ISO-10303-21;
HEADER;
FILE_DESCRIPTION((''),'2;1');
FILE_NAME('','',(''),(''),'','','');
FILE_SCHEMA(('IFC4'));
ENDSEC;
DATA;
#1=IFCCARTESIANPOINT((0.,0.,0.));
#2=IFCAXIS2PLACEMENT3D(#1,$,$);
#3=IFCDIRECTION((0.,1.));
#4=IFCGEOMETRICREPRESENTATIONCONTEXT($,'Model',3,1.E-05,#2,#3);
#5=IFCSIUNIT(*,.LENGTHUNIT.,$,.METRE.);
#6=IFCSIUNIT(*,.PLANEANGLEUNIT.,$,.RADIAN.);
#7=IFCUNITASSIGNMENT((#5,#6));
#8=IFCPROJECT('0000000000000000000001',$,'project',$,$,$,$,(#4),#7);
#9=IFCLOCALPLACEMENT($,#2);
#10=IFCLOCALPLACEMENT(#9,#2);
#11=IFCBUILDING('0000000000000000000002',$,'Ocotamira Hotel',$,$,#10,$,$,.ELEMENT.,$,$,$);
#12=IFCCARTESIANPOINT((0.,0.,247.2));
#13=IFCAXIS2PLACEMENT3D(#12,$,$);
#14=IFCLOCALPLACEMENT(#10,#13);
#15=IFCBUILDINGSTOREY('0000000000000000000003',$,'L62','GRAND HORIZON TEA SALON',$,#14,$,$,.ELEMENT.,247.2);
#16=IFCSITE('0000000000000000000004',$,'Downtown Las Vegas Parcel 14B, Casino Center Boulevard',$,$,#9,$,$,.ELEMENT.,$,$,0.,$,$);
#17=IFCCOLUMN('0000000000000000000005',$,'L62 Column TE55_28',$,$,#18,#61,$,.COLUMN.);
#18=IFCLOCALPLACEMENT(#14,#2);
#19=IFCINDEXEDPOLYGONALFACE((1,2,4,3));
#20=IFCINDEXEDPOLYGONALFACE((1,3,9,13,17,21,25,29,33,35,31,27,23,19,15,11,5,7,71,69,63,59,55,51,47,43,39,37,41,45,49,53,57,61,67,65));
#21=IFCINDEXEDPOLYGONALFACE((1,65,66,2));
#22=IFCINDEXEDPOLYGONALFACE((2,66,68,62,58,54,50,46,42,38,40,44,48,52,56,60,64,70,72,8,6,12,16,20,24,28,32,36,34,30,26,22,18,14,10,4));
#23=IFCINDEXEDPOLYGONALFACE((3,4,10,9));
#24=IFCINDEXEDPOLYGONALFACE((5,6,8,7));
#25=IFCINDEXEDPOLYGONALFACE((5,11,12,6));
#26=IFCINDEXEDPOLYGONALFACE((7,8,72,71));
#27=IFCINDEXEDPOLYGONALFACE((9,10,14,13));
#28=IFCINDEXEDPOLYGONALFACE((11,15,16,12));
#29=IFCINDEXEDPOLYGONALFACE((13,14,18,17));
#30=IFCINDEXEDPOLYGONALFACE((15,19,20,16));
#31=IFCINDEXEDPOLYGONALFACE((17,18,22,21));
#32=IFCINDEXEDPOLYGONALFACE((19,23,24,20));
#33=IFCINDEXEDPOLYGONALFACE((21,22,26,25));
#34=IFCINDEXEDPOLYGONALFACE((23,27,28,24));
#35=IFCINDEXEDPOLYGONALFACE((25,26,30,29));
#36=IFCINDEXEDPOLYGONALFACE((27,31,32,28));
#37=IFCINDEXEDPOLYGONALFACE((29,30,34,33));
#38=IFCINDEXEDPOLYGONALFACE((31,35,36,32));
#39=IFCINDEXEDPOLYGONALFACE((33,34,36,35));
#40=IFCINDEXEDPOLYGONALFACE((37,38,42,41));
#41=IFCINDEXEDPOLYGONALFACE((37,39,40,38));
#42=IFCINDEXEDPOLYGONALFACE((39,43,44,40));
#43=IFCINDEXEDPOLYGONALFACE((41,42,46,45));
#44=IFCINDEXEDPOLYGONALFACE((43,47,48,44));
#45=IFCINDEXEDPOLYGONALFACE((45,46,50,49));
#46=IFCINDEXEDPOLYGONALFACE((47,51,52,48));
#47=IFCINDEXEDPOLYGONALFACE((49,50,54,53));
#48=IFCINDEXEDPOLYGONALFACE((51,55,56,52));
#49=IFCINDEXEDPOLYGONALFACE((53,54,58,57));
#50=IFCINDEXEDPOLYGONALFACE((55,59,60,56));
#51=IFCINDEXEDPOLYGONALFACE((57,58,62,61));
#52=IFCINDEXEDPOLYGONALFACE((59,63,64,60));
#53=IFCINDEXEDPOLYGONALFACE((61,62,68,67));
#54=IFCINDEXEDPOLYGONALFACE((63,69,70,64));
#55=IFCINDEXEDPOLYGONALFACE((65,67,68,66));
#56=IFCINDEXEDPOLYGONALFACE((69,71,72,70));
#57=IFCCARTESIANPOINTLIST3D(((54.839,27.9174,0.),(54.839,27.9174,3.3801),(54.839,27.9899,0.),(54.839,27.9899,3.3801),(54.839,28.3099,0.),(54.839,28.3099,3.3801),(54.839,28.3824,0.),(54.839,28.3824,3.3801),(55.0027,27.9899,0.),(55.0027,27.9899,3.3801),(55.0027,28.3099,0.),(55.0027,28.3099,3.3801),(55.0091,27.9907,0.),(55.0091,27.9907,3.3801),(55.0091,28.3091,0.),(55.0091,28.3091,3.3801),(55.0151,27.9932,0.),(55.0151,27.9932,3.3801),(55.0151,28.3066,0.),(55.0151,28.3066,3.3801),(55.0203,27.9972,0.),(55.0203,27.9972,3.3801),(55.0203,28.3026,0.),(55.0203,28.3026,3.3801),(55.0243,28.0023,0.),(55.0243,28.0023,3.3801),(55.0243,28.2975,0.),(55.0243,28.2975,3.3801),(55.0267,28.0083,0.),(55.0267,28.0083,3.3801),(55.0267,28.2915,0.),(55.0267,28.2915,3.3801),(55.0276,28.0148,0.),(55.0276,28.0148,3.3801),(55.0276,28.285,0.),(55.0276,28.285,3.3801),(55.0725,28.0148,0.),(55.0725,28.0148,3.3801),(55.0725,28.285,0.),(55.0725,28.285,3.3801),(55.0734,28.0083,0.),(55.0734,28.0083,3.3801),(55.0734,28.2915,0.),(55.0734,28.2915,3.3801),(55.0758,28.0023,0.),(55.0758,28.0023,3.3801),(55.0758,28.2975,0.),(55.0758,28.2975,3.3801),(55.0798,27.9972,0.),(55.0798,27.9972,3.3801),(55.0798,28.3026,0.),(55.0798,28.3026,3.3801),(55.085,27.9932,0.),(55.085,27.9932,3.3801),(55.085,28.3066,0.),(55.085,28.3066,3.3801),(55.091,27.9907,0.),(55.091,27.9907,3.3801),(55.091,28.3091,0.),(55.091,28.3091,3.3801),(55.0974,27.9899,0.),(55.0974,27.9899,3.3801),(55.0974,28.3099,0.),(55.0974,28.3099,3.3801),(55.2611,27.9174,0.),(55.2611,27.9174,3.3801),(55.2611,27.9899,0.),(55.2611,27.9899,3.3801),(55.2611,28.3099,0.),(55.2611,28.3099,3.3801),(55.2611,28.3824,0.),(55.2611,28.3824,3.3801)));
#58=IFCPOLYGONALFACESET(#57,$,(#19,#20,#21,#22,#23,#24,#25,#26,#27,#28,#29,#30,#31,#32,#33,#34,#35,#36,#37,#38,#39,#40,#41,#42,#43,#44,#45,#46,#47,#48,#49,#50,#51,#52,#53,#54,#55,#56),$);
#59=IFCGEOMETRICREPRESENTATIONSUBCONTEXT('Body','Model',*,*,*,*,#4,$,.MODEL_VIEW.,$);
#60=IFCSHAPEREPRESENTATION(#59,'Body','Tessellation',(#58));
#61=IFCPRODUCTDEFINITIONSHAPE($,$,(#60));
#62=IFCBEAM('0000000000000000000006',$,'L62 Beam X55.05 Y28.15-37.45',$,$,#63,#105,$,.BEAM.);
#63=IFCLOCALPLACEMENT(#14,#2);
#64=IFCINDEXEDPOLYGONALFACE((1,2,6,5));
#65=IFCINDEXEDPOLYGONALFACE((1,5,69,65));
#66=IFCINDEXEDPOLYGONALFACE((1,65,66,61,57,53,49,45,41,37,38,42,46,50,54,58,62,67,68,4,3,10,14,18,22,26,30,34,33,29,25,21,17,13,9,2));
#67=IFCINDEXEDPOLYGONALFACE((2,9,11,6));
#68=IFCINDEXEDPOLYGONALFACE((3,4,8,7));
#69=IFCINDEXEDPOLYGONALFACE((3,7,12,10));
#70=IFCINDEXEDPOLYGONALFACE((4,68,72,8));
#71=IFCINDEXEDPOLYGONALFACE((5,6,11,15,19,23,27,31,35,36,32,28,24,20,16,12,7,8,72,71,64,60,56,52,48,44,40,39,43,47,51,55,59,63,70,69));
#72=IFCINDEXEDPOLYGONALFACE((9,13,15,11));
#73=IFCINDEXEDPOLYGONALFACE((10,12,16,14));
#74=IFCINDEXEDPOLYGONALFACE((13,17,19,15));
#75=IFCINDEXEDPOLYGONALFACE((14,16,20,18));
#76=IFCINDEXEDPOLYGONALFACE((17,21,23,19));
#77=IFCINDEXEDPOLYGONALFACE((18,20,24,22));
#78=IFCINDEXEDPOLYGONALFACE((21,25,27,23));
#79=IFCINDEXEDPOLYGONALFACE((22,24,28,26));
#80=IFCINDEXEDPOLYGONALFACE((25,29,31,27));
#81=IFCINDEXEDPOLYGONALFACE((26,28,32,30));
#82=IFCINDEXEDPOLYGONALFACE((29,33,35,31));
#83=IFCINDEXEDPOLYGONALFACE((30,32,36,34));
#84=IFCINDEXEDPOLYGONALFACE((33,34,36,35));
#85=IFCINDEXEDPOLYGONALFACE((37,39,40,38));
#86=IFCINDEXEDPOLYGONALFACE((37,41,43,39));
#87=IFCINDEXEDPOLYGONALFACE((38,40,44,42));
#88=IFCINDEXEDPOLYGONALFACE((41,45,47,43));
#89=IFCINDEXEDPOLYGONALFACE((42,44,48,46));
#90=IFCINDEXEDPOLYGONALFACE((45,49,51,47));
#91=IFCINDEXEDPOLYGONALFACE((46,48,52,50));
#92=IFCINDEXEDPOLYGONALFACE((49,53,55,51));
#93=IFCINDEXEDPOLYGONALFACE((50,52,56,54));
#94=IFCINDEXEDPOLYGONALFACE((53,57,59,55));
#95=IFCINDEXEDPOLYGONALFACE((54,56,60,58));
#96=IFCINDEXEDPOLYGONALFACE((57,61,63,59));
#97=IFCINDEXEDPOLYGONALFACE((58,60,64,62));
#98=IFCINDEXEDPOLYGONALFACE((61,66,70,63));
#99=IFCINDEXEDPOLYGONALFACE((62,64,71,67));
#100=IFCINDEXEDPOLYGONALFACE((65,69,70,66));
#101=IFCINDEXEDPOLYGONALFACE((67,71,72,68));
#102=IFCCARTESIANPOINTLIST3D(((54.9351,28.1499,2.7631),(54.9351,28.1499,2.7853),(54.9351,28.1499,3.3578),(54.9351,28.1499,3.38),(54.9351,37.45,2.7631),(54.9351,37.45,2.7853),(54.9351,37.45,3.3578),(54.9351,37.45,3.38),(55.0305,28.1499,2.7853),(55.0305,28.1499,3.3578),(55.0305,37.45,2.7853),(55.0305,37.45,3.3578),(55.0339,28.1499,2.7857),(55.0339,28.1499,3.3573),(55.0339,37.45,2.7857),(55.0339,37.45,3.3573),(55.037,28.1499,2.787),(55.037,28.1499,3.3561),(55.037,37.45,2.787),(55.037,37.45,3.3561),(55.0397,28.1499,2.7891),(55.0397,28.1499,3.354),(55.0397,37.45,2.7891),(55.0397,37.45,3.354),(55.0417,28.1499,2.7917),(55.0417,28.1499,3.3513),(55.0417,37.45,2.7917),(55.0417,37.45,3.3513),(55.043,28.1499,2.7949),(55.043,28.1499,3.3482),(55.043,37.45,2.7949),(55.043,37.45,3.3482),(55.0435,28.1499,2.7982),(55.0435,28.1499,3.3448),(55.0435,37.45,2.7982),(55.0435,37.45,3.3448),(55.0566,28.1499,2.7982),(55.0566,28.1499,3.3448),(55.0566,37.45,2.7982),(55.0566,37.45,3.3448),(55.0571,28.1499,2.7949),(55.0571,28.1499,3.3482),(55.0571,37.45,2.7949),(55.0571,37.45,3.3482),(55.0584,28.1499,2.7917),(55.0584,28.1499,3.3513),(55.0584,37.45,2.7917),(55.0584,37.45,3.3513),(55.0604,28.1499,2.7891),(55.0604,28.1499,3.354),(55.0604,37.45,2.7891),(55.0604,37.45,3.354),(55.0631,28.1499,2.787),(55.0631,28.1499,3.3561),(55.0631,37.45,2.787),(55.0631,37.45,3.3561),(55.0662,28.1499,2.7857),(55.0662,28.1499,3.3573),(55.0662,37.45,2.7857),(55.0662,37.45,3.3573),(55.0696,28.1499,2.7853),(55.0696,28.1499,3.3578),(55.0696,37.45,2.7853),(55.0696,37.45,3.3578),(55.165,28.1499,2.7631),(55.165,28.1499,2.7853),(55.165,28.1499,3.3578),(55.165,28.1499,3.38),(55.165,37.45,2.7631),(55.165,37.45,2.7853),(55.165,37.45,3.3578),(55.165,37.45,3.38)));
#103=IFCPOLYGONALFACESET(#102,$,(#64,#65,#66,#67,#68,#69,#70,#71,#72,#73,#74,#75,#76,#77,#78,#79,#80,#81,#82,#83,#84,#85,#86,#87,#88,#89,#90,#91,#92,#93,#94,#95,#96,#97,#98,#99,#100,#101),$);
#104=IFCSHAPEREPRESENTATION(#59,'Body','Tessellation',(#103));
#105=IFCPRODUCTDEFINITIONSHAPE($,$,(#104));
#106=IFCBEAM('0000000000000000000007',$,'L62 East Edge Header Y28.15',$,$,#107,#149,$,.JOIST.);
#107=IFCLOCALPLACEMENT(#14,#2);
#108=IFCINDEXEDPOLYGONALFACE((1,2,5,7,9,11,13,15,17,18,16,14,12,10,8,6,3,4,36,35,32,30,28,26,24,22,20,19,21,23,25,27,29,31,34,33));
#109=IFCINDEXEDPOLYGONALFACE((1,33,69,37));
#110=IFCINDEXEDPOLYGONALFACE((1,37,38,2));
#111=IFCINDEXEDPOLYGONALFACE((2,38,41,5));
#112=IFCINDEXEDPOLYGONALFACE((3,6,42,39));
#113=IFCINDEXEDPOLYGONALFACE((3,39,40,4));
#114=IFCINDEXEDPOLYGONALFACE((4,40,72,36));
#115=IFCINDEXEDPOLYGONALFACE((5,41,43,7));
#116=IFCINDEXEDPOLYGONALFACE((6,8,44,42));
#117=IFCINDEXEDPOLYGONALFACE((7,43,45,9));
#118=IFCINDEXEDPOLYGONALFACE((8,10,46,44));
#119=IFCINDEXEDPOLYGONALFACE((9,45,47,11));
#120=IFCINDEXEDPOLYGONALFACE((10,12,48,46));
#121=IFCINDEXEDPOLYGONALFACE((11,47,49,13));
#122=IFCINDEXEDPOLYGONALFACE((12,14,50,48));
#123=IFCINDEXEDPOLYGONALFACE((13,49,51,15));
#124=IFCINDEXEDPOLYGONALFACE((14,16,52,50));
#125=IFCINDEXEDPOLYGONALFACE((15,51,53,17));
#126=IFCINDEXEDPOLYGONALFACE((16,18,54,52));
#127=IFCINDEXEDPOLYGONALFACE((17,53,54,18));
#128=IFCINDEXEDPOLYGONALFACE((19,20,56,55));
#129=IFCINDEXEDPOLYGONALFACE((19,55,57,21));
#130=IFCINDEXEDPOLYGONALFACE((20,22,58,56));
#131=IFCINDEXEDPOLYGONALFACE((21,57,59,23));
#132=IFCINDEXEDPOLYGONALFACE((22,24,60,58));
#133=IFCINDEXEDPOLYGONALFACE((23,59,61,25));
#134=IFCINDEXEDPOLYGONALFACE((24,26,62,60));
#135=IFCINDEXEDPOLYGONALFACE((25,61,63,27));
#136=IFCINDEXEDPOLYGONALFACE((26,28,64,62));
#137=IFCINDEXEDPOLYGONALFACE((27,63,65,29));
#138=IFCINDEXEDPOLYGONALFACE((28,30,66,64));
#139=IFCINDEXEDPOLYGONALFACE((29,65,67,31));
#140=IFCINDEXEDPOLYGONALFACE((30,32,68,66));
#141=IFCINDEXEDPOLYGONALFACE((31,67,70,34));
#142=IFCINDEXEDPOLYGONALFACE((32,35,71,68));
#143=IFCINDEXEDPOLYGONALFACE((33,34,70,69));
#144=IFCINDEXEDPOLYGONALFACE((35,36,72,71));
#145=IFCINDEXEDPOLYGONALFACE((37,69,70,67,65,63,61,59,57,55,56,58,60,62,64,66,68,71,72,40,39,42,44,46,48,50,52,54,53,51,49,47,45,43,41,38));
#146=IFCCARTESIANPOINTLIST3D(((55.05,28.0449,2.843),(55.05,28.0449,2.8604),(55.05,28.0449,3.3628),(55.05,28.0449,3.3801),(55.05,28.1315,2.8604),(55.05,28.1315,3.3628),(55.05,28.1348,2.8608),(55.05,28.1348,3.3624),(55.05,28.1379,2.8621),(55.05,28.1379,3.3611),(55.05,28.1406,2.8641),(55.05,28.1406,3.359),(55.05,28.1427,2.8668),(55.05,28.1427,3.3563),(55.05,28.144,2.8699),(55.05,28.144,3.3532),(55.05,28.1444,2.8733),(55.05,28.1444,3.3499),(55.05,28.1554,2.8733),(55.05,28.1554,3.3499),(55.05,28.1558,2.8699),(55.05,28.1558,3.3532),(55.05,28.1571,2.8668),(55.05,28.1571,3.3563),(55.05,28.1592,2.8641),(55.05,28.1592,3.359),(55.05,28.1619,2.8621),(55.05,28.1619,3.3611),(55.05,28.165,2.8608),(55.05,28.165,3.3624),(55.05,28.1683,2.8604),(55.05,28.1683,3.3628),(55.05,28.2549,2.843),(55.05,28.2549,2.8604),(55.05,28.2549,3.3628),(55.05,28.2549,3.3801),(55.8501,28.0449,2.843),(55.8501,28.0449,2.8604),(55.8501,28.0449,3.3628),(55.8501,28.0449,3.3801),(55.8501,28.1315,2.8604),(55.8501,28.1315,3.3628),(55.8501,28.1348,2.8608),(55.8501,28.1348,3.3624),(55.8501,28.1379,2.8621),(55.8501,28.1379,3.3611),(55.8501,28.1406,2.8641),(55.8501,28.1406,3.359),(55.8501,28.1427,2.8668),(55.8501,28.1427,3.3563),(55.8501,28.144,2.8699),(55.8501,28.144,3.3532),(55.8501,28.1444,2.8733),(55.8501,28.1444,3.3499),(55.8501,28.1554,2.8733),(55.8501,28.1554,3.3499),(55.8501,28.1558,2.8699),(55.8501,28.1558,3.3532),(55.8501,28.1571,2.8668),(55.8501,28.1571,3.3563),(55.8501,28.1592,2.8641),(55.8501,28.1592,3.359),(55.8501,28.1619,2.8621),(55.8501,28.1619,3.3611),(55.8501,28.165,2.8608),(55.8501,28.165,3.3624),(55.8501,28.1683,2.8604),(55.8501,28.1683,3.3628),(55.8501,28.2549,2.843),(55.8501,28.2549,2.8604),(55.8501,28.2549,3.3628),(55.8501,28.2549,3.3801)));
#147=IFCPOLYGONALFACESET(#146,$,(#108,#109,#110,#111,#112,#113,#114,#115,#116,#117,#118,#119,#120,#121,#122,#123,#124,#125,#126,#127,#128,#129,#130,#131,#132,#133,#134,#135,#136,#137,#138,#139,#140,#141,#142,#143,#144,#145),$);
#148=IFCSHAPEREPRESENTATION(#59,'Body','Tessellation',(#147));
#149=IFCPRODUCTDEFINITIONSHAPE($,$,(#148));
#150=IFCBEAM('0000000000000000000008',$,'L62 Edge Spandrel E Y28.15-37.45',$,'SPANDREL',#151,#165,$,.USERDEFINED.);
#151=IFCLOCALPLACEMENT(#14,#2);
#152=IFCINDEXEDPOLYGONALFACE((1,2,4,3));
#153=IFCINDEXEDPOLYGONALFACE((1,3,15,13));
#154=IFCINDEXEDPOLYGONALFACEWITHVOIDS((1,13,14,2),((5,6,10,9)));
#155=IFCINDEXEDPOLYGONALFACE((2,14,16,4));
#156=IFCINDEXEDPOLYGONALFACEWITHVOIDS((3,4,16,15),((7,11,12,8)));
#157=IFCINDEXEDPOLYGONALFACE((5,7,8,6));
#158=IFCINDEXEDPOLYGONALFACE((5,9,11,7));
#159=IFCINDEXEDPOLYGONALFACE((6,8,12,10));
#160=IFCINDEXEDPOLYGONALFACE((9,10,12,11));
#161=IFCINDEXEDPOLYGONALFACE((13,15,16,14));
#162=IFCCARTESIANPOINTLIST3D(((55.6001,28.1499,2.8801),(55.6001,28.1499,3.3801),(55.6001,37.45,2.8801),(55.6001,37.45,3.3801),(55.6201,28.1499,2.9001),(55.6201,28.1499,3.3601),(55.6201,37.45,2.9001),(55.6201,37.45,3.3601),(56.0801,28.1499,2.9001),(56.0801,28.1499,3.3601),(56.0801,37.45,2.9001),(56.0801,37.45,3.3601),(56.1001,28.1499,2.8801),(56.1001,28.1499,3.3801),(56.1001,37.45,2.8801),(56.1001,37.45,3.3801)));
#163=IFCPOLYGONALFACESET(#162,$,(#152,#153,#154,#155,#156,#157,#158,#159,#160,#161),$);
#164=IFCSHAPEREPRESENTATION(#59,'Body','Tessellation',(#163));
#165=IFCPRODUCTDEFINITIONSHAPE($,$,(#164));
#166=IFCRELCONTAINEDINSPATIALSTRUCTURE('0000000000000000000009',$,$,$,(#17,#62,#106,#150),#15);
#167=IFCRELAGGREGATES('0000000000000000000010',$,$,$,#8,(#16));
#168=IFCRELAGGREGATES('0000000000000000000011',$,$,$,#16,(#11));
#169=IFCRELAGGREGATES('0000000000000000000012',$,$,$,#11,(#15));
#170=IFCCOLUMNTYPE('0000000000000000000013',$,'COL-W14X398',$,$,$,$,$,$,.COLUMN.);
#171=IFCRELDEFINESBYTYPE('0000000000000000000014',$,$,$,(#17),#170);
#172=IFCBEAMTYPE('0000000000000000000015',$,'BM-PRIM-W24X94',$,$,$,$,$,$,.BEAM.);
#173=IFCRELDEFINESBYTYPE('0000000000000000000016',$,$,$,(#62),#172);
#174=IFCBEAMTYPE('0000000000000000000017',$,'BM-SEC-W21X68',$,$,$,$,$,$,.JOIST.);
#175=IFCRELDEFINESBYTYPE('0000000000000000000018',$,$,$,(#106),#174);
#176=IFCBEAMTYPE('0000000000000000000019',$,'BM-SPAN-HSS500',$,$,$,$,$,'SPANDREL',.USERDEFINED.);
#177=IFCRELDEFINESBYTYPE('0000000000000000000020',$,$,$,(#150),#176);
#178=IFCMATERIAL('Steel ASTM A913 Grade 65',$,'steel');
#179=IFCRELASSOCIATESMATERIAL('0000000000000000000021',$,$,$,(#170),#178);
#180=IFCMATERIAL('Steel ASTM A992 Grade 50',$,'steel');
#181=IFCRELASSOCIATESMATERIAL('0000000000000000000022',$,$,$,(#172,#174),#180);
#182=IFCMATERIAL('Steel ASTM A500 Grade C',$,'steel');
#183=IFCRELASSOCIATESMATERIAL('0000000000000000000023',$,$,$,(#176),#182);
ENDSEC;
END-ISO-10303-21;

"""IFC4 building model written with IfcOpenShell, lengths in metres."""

from ifc_helpers import new_model, si_unit, direction, frame, origin, origin_2d, place, context, subcontext, project, spatial, hollow_rectangle, i_section, extrude, source, transform, mapped, material, material_profile, profile_set, type_object, element, save


model = new_model("IFC4")

# Units and contexts
model_context = context("Model", 3, precision=1e-05, world=origin(), true_north=direction((0.0, 1.0)))
body_context = subcontext(model_context, "Body", "Model", "MODEL_VIEW")
ifc_project = project(units=[si_unit("LENGTHUNIT", "METRE"), si_unit("PLANEANGLEUNIT", "RADIAN")], contexts=[model_context])

# Site, building, storey
site_placement = place(None, origin())
site = spatial("IfcSite", under=ifc_project, at=site_placement, Name="Downtown Las Vegas Parcel 14B, Casino Center Boulevard", CompositionType="ELEMENT", RefElevation=0.0)
building_placement = place(site_placement, origin())
building = spatial("IfcBuilding", under=site, at=building_placement, Name="Ocotamira Hotel", CompositionType="ELEMENT")
storey_placement = place(building_placement, frame((0.0, 0.0, 247.2)))
storey = spatial("IfcBuildingStorey", under=building, at=storey_placement, Name="L62", Description="GRAND HORIZON TEA SALON", CompositionType="ELEMENT", Elevation=247.2)

# Column
ifc_material_1 = material(Name="Steel ASTM A913 Grade 65", Category="steel")
ifc_material_profile_1 = material_profile(ifc_material_1, i_section(OverallWidth=0.4221, OverallDepth=0.4651, WebThickness=0.0449, FlangeThickness=0.0725, FilletRadius=0.0249, at=origin_2d()), Name="W14X398")
ifc_profile_set_1 = profile_set([ifc_material_profile_1], Name="Steel ASTM A913 Grade 65")
column_type = type_object("IfcColumnType", Name="COL-W14X398", PredefinedType="COLUMN", material=ifc_profile_set_1)
shared_shape_1 = source(origin(), body_context, "Body", "SweptSolid", [
    extrude(i_section(OverallWidth=0.4221, OverallDepth=0.4651, WebThickness=0.0449, FlangeThickness=0.0725, FilletRadius=0.0249, at=origin_2d()), origin(), (0.0, 0.0, 1.0), 3.3801),
])
column_placement = place(storey_placement, frame((55.05, 28.1499, 0.0), z_axis=(0.0, 0.0, 1.0), x_axis=(1.0, 0.0, 0.0)))
element("IfcColumn", 1, at=column_placement, inside=storey, type_object=column_type, Name="L62 Column TE55_28", PredefinedType="COLUMN", context=body_context, shape_type="MappedRepresentation", body=[
    mapped(shared_shape_1, transform((0.0, 0.0, 0.0), scale=1.0)),
])

# Beams
ifc_material_2 = material(Name="Steel ASTM A992 Grade 50", Category="steel")
ifc_material_profile_2 = material_profile(ifc_material_2, i_section(OverallWidth=0.23, OverallDepth=0.6169, WebThickness=0.0132, FlangeThickness=0.0222, FilletRadius=0.0129, at=origin_2d()), Name="W24X94")
ifc_profile_set_2 = profile_set([ifc_material_profile_2], Name="Steel ASTM A992 Grade 50")
beam_type_1 = type_object("IfcBeamType", Name="BM-PRIM-W24X94", PredefinedType="BEAM", material=ifc_profile_set_2)
shared_shape_2 = source(origin(), body_context, "Body", "SweptSolid", [
    extrude(i_section(OverallWidth=0.23, OverallDepth=0.6169, WebThickness=0.0132, FlangeThickness=0.0222, FilletRadius=0.0129, at=origin_2d()), origin(), (0.0, 0.0, 1.0), 9.3),
])
beam_1_placement = place(storey_placement, frame((55.05, 28.1499, 3.0715), z_axis=(0.0, 1.0, 0.0), x_axis=(-1.0, 0.0, 0.0)))
element("IfcBeam", 2, at=beam_1_placement, inside=storey, type_object=beam_type_1, Name="L62 Beam X55.05 Y28.15-37.45", PredefinedType="BEAM", context=body_context, shape_type="MappedRepresentation", body=[
    mapped(shared_shape_2, transform((0.0, 0.0, 0.0), scale=1.0)),
])
ifc_material_profile_3 = material_profile(ifc_material_2, i_section(OverallWidth=0.21, OverallDepth=0.5371, WebThickness=0.011, FlangeThickness=0.0173, FilletRadius=0.0129, at=origin_2d()), Name="W21X68")
ifc_profile_set_3 = profile_set([ifc_material_profile_3], Name="Steel ASTM A992 Grade 50")
beam_type_2 = type_object("IfcBeamType", Name="BM-SEC-W21X68", PredefinedType="JOIST", material=ifc_profile_set_3)
shared_shape_3 = source(origin(), body_context, "Body", "SweptSolid", [
    extrude(i_section(OverallWidth=0.21, OverallDepth=0.5371, WebThickness=0.011, FlangeThickness=0.0173, FilletRadius=0.0129, at=origin_2d()), origin(), (0.0, 0.0, 1.0), 0.8),
])
beam_2_placement = place(storey_placement, frame((55.05, 28.1499, 3.1116), z_axis=(1.0, 0.0, 0.0), x_axis=(0.0, 1.0, 0.0)))
element("IfcBeam", 3, at=beam_2_placement, inside=storey, type_object=beam_type_2, Name="L62 East Edge Header Y28.15", PredefinedType="JOIST", context=body_context, shape_type="MappedRepresentation", body=[
    mapped(shared_shape_3, transform((0.0, 0.0, 0.0), scale=1.0)),
])
ifc_material_3 = material(Name="Steel ASTM A500 Grade C", Category="steel")
ifc_material_profile_4 = material_profile(ifc_material_3, hollow_rectangle(XDim=0.5, YDim=0.5, WallThickness=0.02, at=origin_2d()), Name="HSS500X500X20")
ifc_profile_set_4 = profile_set([ifc_material_profile_4], Name="Steel ASTM A500 Grade C")
beam_type_3 = type_object("IfcBeamType", Name="BM-SPAN-HSS500", ElementType="SPANDREL", PredefinedType="USERDEFINED", material=ifc_profile_set_4)
shared_shape_4 = source(origin(), body_context, "Body", "SweptSolid", [
    extrude(hollow_rectangle(XDim=0.5, YDim=0.5, WallThickness=0.02, at=origin_2d()), origin(), (0.0, 0.0, 1.0), 9.3),
])
beam_3_placement = place(storey_placement, frame((55.8501, 28.1499, 3.1301), z_axis=(0.0, 1.0, 0.0), x_axis=(-1.0, 0.0, 0.0)))
element("IfcBeam", 4, at=beam_3_placement, inside=storey, type_object=beam_type_3, Name="L62 Edge Spandrel E Y28.15-37.45", ObjectType="SPANDREL", PredefinedType="USERDEFINED", context=body_context, shape_type="MappedRepresentation", body=[
    mapped(shared_shape_4, transform((0.0, 0.0, 0.0), scale=1.0)),
])

save(model, "model.ifc")
